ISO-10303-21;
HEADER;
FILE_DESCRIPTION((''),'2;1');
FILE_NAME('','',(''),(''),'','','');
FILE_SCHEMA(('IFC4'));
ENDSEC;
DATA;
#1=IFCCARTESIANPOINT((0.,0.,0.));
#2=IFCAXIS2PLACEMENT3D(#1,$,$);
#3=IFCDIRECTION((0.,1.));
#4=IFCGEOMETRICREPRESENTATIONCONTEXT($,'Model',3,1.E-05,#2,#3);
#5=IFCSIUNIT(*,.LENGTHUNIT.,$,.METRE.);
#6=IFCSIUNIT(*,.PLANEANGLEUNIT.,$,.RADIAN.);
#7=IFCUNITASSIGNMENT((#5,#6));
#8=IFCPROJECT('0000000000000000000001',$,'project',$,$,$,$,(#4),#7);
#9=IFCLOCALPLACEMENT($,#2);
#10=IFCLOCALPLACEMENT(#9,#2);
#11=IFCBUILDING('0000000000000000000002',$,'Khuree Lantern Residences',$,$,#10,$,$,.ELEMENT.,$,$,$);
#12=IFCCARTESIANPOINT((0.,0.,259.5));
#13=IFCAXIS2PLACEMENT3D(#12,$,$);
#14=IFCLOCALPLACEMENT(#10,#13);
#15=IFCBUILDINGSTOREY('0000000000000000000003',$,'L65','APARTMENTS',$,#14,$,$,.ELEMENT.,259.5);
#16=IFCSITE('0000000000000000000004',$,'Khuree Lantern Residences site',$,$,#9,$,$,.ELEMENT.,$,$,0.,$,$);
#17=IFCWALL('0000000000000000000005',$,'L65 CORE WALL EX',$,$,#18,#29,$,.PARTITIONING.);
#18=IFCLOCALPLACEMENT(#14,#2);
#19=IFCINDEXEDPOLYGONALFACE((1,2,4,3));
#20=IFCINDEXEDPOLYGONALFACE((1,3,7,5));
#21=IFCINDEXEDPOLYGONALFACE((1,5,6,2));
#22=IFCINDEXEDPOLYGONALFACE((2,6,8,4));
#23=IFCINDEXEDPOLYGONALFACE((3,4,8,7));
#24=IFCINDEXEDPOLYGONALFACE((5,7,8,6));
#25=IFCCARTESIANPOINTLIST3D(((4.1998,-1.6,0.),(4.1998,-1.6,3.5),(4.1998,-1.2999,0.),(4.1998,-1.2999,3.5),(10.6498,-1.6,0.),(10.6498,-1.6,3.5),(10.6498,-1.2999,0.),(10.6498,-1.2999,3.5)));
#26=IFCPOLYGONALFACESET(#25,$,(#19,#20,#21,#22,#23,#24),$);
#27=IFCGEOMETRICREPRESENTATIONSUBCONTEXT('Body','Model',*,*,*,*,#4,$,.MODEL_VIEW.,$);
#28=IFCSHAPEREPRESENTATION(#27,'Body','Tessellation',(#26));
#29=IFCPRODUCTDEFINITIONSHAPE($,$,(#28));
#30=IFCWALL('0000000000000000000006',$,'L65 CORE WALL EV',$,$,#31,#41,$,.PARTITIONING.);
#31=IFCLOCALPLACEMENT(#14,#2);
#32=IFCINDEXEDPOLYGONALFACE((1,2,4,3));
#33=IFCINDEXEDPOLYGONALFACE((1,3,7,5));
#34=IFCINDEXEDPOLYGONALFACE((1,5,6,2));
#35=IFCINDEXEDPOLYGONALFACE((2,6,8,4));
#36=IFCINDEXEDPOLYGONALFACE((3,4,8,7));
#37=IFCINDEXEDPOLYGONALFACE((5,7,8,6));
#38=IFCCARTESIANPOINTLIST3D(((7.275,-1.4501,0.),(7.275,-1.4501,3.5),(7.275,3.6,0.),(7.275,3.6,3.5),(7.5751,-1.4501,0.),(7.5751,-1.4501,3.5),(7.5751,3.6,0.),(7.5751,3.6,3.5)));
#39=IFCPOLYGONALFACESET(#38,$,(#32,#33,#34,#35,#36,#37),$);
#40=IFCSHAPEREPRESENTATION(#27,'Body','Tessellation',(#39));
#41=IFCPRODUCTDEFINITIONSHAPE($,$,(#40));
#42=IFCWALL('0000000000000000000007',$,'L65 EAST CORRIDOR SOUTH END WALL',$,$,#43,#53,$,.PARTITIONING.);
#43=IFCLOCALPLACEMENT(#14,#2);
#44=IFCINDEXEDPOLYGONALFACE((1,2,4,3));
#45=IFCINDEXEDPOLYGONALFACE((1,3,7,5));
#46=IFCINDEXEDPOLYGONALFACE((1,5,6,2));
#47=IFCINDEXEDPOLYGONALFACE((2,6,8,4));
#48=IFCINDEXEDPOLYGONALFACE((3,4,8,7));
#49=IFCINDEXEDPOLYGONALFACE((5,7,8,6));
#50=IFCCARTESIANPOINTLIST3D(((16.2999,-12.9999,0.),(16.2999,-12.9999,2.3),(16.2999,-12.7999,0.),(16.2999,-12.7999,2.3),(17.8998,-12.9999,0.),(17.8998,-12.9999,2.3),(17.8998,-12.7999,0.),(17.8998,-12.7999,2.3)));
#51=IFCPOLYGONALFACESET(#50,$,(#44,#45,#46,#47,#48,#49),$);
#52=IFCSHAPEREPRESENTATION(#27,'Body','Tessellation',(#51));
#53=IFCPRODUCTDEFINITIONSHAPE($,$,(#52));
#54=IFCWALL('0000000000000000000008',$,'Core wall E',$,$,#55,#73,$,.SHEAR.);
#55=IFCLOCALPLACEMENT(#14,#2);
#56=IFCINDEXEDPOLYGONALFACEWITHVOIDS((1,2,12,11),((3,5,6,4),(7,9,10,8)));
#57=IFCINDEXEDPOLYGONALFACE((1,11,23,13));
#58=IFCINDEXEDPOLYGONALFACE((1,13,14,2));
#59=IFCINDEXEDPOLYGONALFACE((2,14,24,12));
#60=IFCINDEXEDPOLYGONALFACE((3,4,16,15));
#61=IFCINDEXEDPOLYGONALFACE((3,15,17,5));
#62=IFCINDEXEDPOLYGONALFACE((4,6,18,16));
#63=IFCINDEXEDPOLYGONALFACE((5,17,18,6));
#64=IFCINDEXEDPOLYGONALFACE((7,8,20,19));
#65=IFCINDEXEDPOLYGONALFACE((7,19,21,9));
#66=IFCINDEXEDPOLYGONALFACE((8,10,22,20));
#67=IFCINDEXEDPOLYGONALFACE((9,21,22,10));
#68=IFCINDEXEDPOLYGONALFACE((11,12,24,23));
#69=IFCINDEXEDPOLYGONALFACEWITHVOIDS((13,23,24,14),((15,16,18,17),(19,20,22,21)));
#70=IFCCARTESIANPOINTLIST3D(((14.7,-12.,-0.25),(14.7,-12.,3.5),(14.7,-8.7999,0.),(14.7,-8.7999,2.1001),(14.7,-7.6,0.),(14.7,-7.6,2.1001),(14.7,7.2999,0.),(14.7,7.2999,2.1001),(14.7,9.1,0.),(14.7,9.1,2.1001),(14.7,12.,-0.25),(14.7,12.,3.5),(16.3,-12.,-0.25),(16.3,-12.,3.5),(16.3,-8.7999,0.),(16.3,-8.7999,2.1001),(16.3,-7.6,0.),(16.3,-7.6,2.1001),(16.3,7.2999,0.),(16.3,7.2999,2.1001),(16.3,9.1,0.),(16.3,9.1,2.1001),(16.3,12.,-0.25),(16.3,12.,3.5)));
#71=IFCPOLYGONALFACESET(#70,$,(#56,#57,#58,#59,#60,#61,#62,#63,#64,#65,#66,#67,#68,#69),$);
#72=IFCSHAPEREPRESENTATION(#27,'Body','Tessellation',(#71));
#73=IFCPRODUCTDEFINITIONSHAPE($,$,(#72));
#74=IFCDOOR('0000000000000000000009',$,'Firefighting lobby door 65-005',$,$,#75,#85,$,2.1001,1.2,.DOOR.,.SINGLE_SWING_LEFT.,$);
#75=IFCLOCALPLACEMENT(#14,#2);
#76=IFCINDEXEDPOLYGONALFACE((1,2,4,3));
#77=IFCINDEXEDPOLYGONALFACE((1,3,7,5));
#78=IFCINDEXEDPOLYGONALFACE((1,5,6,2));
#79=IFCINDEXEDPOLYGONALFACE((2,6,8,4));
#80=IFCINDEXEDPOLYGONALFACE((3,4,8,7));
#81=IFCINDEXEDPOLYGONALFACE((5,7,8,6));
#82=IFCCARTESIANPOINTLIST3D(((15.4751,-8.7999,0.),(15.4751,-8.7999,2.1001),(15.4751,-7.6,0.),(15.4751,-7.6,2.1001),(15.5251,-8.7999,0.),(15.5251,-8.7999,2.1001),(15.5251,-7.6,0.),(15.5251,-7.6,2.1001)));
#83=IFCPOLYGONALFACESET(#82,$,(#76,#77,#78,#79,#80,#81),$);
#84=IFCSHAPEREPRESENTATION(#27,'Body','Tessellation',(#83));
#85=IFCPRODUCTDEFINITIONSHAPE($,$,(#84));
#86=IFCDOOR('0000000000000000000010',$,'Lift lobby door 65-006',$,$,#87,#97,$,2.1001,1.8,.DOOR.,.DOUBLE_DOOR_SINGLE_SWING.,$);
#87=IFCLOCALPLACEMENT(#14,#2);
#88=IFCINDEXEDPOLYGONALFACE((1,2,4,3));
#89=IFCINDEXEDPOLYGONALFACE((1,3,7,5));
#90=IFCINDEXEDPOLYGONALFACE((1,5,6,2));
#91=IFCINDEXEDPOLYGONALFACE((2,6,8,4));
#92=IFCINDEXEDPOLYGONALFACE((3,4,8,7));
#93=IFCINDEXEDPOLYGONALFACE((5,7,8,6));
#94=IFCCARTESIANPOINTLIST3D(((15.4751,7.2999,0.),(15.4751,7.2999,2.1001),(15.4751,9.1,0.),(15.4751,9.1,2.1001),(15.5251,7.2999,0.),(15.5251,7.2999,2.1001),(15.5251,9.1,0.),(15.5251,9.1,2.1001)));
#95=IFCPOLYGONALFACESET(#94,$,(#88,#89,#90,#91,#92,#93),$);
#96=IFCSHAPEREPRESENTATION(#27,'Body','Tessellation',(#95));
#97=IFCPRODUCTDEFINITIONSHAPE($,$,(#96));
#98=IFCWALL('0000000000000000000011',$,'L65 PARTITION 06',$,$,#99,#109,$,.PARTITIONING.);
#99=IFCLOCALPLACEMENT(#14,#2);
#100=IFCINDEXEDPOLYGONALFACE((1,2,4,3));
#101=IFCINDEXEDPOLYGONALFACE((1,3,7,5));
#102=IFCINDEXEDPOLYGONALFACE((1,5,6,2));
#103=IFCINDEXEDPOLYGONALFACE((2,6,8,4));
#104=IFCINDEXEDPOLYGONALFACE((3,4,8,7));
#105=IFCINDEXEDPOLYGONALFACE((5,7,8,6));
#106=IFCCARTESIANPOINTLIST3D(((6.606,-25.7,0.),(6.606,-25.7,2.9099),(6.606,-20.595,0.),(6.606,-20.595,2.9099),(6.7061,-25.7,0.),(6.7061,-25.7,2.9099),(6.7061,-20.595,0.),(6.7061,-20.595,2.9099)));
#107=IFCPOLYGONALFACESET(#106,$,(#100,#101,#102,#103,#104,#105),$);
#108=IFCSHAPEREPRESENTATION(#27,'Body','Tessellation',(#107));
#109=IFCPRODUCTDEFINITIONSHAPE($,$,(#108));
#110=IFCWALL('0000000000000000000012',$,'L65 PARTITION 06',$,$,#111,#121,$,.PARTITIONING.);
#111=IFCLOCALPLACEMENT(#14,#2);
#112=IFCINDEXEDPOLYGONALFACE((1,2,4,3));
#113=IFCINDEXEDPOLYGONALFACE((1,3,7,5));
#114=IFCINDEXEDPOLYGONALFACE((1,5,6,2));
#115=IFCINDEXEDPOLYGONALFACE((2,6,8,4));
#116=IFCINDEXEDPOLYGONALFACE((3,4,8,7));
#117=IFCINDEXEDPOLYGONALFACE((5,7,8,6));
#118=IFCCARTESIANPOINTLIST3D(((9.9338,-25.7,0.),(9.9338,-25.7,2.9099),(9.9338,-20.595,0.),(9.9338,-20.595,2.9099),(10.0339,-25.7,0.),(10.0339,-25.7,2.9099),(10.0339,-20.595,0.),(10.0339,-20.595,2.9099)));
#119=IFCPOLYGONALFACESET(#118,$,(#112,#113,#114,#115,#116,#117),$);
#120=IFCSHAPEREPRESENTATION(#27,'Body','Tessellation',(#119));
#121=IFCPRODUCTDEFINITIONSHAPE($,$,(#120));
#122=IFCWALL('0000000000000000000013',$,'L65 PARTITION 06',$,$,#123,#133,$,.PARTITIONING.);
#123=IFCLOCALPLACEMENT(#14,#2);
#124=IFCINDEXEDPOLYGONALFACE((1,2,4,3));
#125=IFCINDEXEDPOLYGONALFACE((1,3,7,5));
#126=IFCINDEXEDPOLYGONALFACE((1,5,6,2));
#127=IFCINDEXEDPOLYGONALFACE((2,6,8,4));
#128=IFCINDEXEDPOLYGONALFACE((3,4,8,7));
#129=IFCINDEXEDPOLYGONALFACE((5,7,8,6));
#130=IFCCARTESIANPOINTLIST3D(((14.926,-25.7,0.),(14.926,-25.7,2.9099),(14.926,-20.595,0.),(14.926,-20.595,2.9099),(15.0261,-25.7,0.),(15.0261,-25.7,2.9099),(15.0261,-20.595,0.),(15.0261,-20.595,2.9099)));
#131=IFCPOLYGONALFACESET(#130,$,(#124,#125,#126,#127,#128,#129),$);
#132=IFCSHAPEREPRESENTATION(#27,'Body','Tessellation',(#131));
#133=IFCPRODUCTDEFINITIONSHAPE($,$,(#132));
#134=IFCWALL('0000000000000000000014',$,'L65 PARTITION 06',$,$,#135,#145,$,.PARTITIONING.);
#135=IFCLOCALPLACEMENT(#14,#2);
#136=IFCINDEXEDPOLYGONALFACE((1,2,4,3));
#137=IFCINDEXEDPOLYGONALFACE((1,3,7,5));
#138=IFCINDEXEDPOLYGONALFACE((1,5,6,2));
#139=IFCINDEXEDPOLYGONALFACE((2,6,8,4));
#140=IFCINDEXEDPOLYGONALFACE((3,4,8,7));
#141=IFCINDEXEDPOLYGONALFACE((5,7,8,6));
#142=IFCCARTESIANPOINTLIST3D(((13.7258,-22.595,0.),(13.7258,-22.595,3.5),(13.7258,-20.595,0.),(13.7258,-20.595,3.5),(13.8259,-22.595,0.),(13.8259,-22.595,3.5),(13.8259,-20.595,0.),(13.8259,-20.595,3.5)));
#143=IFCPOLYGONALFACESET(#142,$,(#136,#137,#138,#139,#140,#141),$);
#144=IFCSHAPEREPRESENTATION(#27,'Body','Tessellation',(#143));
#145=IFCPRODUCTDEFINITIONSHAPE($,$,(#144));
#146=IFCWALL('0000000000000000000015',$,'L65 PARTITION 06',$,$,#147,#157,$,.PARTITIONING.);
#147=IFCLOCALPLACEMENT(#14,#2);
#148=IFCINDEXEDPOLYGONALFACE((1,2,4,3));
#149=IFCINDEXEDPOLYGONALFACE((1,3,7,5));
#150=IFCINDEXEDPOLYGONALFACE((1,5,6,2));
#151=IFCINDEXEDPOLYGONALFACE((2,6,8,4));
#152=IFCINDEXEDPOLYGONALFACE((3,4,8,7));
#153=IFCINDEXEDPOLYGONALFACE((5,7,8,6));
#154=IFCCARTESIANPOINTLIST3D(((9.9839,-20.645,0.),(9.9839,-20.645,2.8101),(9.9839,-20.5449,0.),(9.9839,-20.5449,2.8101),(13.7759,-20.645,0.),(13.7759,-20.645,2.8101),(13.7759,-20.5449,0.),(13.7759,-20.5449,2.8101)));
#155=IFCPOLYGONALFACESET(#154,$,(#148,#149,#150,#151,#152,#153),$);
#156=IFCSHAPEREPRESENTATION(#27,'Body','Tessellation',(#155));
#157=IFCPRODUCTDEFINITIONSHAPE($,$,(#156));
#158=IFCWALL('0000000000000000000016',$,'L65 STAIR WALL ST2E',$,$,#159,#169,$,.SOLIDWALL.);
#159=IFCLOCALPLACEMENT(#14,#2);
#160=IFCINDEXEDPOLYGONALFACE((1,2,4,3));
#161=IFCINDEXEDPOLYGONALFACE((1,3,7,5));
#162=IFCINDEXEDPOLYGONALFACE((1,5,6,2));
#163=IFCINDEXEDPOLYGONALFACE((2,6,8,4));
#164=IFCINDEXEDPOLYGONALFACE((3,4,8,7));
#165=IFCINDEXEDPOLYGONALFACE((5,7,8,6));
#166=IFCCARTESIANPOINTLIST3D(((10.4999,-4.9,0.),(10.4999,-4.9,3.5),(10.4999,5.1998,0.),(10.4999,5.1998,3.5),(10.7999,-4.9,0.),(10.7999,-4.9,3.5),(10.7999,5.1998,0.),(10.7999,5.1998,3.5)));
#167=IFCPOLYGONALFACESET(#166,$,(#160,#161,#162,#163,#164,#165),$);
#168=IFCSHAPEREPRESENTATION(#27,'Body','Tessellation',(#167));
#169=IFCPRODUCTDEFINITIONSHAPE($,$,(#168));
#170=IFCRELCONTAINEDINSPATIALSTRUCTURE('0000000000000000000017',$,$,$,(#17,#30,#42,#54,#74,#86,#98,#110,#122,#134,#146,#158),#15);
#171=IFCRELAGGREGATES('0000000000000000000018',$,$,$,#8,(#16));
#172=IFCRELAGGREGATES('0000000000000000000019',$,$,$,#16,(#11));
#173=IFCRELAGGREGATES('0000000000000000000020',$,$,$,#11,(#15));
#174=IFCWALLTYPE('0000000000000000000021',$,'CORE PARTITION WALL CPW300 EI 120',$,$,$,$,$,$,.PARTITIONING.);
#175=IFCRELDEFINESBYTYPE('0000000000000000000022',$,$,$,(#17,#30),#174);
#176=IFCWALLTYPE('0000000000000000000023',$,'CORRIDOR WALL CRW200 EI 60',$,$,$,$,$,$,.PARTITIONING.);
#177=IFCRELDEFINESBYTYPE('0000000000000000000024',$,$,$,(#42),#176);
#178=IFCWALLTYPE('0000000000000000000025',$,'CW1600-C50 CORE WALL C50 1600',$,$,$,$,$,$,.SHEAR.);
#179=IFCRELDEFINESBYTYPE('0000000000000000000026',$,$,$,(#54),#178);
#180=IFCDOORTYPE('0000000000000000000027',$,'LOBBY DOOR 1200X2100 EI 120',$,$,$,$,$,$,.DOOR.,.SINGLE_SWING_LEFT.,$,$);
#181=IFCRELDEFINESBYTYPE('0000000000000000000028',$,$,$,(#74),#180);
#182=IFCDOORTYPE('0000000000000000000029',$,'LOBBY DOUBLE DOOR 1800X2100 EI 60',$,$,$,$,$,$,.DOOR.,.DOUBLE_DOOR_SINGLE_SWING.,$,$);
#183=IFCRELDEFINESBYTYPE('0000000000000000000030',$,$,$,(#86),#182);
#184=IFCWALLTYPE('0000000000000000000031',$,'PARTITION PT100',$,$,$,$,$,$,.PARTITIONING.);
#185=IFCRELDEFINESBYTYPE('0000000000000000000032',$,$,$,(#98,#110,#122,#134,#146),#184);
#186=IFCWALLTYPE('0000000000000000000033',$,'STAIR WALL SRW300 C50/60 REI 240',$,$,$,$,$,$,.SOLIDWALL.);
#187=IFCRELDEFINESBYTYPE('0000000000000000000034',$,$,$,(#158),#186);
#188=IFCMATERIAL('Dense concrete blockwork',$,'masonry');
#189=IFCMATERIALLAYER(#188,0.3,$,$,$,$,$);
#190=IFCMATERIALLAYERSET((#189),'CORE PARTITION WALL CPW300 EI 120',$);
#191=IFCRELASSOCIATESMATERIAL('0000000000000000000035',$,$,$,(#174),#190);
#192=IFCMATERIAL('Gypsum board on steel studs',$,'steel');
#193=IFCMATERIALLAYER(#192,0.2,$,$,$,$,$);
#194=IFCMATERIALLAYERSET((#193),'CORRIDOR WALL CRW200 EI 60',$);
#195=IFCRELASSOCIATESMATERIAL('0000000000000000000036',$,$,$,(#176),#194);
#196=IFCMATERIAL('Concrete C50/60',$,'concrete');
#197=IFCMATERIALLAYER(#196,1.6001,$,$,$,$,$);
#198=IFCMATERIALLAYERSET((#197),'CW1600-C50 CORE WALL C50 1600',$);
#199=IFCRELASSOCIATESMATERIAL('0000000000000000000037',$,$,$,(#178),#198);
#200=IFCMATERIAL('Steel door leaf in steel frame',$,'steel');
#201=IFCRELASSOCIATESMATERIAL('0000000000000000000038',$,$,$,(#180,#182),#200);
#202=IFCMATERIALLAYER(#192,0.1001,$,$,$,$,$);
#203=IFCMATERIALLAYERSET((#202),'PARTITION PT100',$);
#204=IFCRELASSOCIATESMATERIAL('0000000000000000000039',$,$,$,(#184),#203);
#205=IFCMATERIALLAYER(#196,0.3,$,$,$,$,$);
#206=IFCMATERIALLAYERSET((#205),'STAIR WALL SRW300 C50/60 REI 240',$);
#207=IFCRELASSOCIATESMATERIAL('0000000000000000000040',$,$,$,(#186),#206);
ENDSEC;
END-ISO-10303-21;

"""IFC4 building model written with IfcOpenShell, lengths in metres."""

from ifc_helpers import new_model, si_unit, direction, frame, frame_2d, origin, place, context, subcontext, project, spatial, rectangle, extrude, material, layer, layer_set, type_object, element, fill, save


model = new_model("IFC4")

# Units and contexts
model_context = context("Model", 3, precision=1e-05, world=origin(), true_north=direction((0.0, 1.0)))
body_context = subcontext(model_context, "Body", "Model", "MODEL_VIEW")
ifc_project = project(units=[si_unit("LENGTHUNIT", "METRE"), si_unit("PLANEANGLEUNIT", "RADIAN")], contexts=[model_context])

# Site, building, storey
site_placement = place(None, origin())
site = spatial("IfcSite", under=ifc_project, at=site_placement, Name="Khuree Lantern Residences site", CompositionType="ELEMENT", RefElevation=0.0)
building_placement = place(site_placement, origin())
building = spatial("IfcBuilding", under=site, at=building_placement, Name="Khuree Lantern Residences", CompositionType="ELEMENT")
storey_placement = place(building_placement, frame((0.0, 0.0, 259.5)))
storey = spatial("IfcBuildingStorey", under=building, at=storey_placement, Name="L65", Description="APARTMENTS", CompositionType="ELEMENT", Elevation=259.5)

# Shared definitions
ifc_material_1 = material(Name="Concrete C50/60", Category="concrete")

# Shared definitions
ifc_material_2 = material(Name="Dense concrete blockwork", Category="masonry")
ifc_layer_1 = layer(ifc_material_2, 0.3)
ifc_layer_set_1 = layer_set([ifc_layer_1], Name="CORE PARTITION WALL CPW300 EI 120")
wall_type_1 = type_object("IfcWallType", Name="CORE PARTITION WALL CPW300 EI 120", PredefinedType="PARTITIONING", material=ifc_layer_set_1)

# Walls
wall_1_placement = place(storey_placement, frame((10.6499, -1.45, 0.0), z_axis=(0.0, 0.0, 1.0), x_axis=(-1.0, 0.0, 0.0)))
element("IfcWall", 1, at=wall_1_placement, inside=storey, type_object=wall_type_1, Name="L65 CORE WALL EX", PredefinedType="PARTITIONING", context=body_context, shape_type="SweptSolid", body=[
    extrude(rectangle(XDim=6.45, YDim=0.3, at=frame_2d((3.2251, 0.0))), origin(), (0.0, 0.0, 1.0), 3.5),
])
wall_2_placement = place(storey_placement, frame((7.425, -1.45, 0.0), z_axis=(0.0, 0.0, 1.0), x_axis=(0.0, 1.0, 0.0)))
element("IfcWall", 2, at=wall_2_placement, inside=storey, type_object=wall_type_1, Name="L65 CORE WALL EV", PredefinedType="PARTITIONING", context=body_context, shape_type="SweptSolid", body=[
    extrude(rectangle(XDim=5.05, YDim=0.3, at=frame_2d((2.5249, 0.0))), origin(), (0.0, 0.0, 1.0), 3.5),
])
ifc_material_3 = material(Name="Gypsum board on steel studs", Category="steel")
ifc_layer_2 = layer(ifc_material_3, 0.2)
ifc_layer_set_2 = layer_set([ifc_layer_2], Name="CORRIDOR WALL CRW200 EI 60")
wall_type_2 = type_object("IfcWallType", Name="CORRIDOR WALL CRW200 EI 60", PredefinedType="PARTITIONING", material=ifc_layer_set_2)
wall_3_placement = place(storey_placement, frame((16.3, -12.8999, 0.0), z_axis=(0.0, 0.0, 1.0), x_axis=(1.0, 0.0, 0.0)))
element("IfcWall", 3, at=wall_3_placement, inside=storey, type_object=wall_type_2, Name="L65 EAST CORRIDOR SOUTH END WALL", PredefinedType="PARTITIONING", context=body_context, shape_type="SweptSolid", body=[
    extrude(rectangle(XDim=1.5999, YDim=0.2, at=frame_2d((0.7998, 0.0))), origin(), (0.0, 0.0, 1.0), 2.3),
])

# Wall, openings, doors
ifc_layer_3 = layer(ifc_material_1, 1.6001)
ifc_layer_set_3 = layer_set([ifc_layer_3], Name="CW1600-C50 CORE WALL C50 1600")
wall_type_3 = type_object("IfcWallType", Name="CW1600-C50 CORE WALL C50 1600", PredefinedType="SHEAR", material=ifc_layer_set_3)
wall_4_placement = place(storey_placement, frame((15.5, -12.0, -0.25), z_axis=(0.0, 0.0, 1.0), x_axis=(0.0, 1.0, 0.0)))
wall_4 = element("IfcWall", 4, at=wall_4_placement, inside=storey, type_object=wall_type_3, Name="Core wall E", PredefinedType="SHEAR", context=body_context, shape_type="SweptSolid", body=[
    extrude(rectangle(XDim=24.0, YDim=1.6001, at=frame_2d((12.0, 0.0))), origin(), (0.0, 0.0, 1.0), 3.75),
])
opening_1_placement = place(wall_4_placement, frame((3.2, 0.0, 0.25)))
opening_1 = element("IfcOpeningElement", 5, at=opening_1_placement, cuts=wall_4, PredefinedType="OPENING", context=body_context, shape_type="SweptSolid", body=[
    extrude(rectangle(XDim=1.2, YDim=2.1001, at=frame_2d((0.6001, 1.05))), frame((0.0, 0.8101, 0.0), z_axis=(0.0, -1.0, 0.0), x_axis=(1.0, 0.0, 0.0)), (0.0, 0.0, 1.0), 1.6201),
])
opening_2_placement = place(wall_4_placement, frame((19.3, 0.0, 0.25)))
opening_2 = element("IfcOpeningElement", 6, at=opening_2_placement, cuts=wall_4, PredefinedType="OPENING", context=body_context, shape_type="SweptSolid", body=[
    extrude(rectangle(XDim=1.8, YDim=2.1001, at=frame_2d((0.8999, 1.05))), frame((0.0, 0.8101, 0.0), z_axis=(0.0, -1.0, 0.0), x_axis=(1.0, 0.0, 0.0)), (0.0, 0.0, 1.0), 1.6201),
])
ifc_material_4 = material(Name="Steel door leaf in steel frame", Category="steel")
door_type_1 = type_object("IfcDoorType", Name="LOBBY DOOR 1200X2100 EI 120", OperationType="SINGLE_SWING_LEFT", PredefinedType="DOOR", material=ifc_material_4)
door_1_placement = place(opening_1_placement, origin())
door_1 = element("IfcDoor", 7, at=door_1_placement, inside=storey, type_object=door_type_1, Name="Firefighting lobby door 65-005", OperationType="SINGLE_SWING_LEFT", OverallHeight=2.1001, OverallWidth=1.2, PredefinedType="DOOR", context=body_context, shape_type="SweptSolid", body=[
    extrude(rectangle(XDim=1.2, YDim=2.1001, at=frame_2d((0.6001, 1.05))), frame((0.0, 0.0249, 0.0), z_axis=(0.0, -1.0, 0.0), x_axis=(1.0, 0.0, 0.0)), (0.0, 0.0, 1.0), 0.05),
])
fill(opening_1, door_1)
door_type_2 = type_object("IfcDoorType", Name="LOBBY DOUBLE DOOR 1800X2100 EI 60", OperationType="DOUBLE_DOOR_SINGLE_SWING", PredefinedType="DOOR", material=ifc_material_4)
door_2_placement = place(opening_2_placement, origin())
door_2 = element("IfcDoor", 8, at=door_2_placement, inside=storey, type_object=door_type_2, Name="Lift lobby door 65-006", OperationType="DOUBLE_DOOR_SINGLE_SWING", OverallHeight=2.1001, OverallWidth=1.8, PredefinedType="DOOR", context=body_context, shape_type="SweptSolid", body=[
    extrude(rectangle(XDim=1.8, YDim=2.1001, at=frame_2d((0.8999, 1.05))), frame((0.0, 0.0249, 0.0), z_axis=(0.0, -1.0, 0.0), x_axis=(1.0, 0.0, 0.0)), (0.0, 0.0, 1.0), 0.05),
])
fill(opening_2, door_2)

# Walls
ifc_layer_4 = layer(ifc_material_3, 0.1001)
ifc_layer_set_4 = layer_set([ifc_layer_4], Name="PARTITION PT100")
wall_type_4 = type_object("IfcWallType", Name="PARTITION PT100", PredefinedType="PARTITIONING", material=ifc_layer_set_4)
for number, where, z_axis, x_axis, name in (
    (9, (6.656, -20.595, 0.0), (0.0, 0.0, 1.0), (0.0, -1.0, 0.0), "L65 PARTITION 06"),
    (10, (9.9839, -20.595, 0.0), (0.0, 0.0, 1.0), (0.0, -1.0, 0.0), "L65 PARTITION 06"),
    (11, (14.9761, -20.595, 0.0), (0.0, 0.0, 1.0), (0.0, -1.0, 0.0), "L65 PARTITION 06"),
):
    element("IfcWall", number, at=place(storey_placement, frame(where, z_axis=z_axis, x_axis=x_axis)), inside=storey, type_object=wall_type_4, Name=name, PredefinedType="PARTITIONING", context=body_context, shape_type="SweptSolid", body=[
        extrude(rectangle(XDim=5.105, YDim=0.1001, at=frame_2d((2.5525, 0.0))), origin(), (0.0, 0.0, 1.0), 2.9099),
    ])
wall_5_placement = place(storey_placement, frame((13.7759, -20.595, 0.0), z_axis=(0.0, 0.0, 1.0), x_axis=(0.0, -1.0, 0.0)))
element("IfcWall", 12, at=wall_5_placement, inside=storey, type_object=wall_type_4, Name="L65 PARTITION 06", PredefinedType="PARTITIONING", context=body_context, shape_type="SweptSolid", body=[
    extrude(rectangle(XDim=2.0, YDim=0.1001, at=frame_2d((1.0, 0.0))), origin(), (0.0, 0.0, 1.0), 3.5),
])
wall_6_placement = place(storey_placement, frame((9.9839, -20.595, 0.0), z_axis=(0.0, 0.0, 1.0), x_axis=(1.0, 0.0, 0.0)))
element("IfcWall", 13, at=wall_6_placement, inside=storey, type_object=wall_type_4, Name="L65 PARTITION 06", PredefinedType="PARTITIONING", context=body_context, shape_type="SweptSolid", body=[
    extrude(rectangle(XDim=3.792, YDim=0.1001, at=frame_2d((1.896, 0.0))), origin(), (0.0, 0.0, 1.0), 2.8101),
])
ifc_layer_5 = layer(ifc_material_1, 0.3)
ifc_layer_set_5 = layer_set([ifc_layer_5], Name="STAIR WALL SRW300 C50/60 REI 240")
wall_type_5 = type_object("IfcWallType", Name="STAIR WALL SRW300 C50/60 REI 240", PredefinedType="SOLIDWALL", material=ifc_layer_set_5)
wall_7_placement = place(storey_placement, frame((10.6499, -4.8999, 0.0), z_axis=(0.0, 0.0, 1.0), x_axis=(0.0, 1.0, 0.0)))
element("IfcWall", 14, at=wall_7_placement, inside=storey, type_object=wall_type_5, Name="L65 STAIR WALL ST2E", PredefinedType="SOLIDWALL", context=body_context, shape_type="SweptSolid", body=[
    extrude(rectangle(XDim=10.0999, YDim=0.3, at=frame_2d((5.0498, 0.0))), origin(), (0.0, 0.0, 1.0), 3.5),
])

save(model, "model.ifc")
